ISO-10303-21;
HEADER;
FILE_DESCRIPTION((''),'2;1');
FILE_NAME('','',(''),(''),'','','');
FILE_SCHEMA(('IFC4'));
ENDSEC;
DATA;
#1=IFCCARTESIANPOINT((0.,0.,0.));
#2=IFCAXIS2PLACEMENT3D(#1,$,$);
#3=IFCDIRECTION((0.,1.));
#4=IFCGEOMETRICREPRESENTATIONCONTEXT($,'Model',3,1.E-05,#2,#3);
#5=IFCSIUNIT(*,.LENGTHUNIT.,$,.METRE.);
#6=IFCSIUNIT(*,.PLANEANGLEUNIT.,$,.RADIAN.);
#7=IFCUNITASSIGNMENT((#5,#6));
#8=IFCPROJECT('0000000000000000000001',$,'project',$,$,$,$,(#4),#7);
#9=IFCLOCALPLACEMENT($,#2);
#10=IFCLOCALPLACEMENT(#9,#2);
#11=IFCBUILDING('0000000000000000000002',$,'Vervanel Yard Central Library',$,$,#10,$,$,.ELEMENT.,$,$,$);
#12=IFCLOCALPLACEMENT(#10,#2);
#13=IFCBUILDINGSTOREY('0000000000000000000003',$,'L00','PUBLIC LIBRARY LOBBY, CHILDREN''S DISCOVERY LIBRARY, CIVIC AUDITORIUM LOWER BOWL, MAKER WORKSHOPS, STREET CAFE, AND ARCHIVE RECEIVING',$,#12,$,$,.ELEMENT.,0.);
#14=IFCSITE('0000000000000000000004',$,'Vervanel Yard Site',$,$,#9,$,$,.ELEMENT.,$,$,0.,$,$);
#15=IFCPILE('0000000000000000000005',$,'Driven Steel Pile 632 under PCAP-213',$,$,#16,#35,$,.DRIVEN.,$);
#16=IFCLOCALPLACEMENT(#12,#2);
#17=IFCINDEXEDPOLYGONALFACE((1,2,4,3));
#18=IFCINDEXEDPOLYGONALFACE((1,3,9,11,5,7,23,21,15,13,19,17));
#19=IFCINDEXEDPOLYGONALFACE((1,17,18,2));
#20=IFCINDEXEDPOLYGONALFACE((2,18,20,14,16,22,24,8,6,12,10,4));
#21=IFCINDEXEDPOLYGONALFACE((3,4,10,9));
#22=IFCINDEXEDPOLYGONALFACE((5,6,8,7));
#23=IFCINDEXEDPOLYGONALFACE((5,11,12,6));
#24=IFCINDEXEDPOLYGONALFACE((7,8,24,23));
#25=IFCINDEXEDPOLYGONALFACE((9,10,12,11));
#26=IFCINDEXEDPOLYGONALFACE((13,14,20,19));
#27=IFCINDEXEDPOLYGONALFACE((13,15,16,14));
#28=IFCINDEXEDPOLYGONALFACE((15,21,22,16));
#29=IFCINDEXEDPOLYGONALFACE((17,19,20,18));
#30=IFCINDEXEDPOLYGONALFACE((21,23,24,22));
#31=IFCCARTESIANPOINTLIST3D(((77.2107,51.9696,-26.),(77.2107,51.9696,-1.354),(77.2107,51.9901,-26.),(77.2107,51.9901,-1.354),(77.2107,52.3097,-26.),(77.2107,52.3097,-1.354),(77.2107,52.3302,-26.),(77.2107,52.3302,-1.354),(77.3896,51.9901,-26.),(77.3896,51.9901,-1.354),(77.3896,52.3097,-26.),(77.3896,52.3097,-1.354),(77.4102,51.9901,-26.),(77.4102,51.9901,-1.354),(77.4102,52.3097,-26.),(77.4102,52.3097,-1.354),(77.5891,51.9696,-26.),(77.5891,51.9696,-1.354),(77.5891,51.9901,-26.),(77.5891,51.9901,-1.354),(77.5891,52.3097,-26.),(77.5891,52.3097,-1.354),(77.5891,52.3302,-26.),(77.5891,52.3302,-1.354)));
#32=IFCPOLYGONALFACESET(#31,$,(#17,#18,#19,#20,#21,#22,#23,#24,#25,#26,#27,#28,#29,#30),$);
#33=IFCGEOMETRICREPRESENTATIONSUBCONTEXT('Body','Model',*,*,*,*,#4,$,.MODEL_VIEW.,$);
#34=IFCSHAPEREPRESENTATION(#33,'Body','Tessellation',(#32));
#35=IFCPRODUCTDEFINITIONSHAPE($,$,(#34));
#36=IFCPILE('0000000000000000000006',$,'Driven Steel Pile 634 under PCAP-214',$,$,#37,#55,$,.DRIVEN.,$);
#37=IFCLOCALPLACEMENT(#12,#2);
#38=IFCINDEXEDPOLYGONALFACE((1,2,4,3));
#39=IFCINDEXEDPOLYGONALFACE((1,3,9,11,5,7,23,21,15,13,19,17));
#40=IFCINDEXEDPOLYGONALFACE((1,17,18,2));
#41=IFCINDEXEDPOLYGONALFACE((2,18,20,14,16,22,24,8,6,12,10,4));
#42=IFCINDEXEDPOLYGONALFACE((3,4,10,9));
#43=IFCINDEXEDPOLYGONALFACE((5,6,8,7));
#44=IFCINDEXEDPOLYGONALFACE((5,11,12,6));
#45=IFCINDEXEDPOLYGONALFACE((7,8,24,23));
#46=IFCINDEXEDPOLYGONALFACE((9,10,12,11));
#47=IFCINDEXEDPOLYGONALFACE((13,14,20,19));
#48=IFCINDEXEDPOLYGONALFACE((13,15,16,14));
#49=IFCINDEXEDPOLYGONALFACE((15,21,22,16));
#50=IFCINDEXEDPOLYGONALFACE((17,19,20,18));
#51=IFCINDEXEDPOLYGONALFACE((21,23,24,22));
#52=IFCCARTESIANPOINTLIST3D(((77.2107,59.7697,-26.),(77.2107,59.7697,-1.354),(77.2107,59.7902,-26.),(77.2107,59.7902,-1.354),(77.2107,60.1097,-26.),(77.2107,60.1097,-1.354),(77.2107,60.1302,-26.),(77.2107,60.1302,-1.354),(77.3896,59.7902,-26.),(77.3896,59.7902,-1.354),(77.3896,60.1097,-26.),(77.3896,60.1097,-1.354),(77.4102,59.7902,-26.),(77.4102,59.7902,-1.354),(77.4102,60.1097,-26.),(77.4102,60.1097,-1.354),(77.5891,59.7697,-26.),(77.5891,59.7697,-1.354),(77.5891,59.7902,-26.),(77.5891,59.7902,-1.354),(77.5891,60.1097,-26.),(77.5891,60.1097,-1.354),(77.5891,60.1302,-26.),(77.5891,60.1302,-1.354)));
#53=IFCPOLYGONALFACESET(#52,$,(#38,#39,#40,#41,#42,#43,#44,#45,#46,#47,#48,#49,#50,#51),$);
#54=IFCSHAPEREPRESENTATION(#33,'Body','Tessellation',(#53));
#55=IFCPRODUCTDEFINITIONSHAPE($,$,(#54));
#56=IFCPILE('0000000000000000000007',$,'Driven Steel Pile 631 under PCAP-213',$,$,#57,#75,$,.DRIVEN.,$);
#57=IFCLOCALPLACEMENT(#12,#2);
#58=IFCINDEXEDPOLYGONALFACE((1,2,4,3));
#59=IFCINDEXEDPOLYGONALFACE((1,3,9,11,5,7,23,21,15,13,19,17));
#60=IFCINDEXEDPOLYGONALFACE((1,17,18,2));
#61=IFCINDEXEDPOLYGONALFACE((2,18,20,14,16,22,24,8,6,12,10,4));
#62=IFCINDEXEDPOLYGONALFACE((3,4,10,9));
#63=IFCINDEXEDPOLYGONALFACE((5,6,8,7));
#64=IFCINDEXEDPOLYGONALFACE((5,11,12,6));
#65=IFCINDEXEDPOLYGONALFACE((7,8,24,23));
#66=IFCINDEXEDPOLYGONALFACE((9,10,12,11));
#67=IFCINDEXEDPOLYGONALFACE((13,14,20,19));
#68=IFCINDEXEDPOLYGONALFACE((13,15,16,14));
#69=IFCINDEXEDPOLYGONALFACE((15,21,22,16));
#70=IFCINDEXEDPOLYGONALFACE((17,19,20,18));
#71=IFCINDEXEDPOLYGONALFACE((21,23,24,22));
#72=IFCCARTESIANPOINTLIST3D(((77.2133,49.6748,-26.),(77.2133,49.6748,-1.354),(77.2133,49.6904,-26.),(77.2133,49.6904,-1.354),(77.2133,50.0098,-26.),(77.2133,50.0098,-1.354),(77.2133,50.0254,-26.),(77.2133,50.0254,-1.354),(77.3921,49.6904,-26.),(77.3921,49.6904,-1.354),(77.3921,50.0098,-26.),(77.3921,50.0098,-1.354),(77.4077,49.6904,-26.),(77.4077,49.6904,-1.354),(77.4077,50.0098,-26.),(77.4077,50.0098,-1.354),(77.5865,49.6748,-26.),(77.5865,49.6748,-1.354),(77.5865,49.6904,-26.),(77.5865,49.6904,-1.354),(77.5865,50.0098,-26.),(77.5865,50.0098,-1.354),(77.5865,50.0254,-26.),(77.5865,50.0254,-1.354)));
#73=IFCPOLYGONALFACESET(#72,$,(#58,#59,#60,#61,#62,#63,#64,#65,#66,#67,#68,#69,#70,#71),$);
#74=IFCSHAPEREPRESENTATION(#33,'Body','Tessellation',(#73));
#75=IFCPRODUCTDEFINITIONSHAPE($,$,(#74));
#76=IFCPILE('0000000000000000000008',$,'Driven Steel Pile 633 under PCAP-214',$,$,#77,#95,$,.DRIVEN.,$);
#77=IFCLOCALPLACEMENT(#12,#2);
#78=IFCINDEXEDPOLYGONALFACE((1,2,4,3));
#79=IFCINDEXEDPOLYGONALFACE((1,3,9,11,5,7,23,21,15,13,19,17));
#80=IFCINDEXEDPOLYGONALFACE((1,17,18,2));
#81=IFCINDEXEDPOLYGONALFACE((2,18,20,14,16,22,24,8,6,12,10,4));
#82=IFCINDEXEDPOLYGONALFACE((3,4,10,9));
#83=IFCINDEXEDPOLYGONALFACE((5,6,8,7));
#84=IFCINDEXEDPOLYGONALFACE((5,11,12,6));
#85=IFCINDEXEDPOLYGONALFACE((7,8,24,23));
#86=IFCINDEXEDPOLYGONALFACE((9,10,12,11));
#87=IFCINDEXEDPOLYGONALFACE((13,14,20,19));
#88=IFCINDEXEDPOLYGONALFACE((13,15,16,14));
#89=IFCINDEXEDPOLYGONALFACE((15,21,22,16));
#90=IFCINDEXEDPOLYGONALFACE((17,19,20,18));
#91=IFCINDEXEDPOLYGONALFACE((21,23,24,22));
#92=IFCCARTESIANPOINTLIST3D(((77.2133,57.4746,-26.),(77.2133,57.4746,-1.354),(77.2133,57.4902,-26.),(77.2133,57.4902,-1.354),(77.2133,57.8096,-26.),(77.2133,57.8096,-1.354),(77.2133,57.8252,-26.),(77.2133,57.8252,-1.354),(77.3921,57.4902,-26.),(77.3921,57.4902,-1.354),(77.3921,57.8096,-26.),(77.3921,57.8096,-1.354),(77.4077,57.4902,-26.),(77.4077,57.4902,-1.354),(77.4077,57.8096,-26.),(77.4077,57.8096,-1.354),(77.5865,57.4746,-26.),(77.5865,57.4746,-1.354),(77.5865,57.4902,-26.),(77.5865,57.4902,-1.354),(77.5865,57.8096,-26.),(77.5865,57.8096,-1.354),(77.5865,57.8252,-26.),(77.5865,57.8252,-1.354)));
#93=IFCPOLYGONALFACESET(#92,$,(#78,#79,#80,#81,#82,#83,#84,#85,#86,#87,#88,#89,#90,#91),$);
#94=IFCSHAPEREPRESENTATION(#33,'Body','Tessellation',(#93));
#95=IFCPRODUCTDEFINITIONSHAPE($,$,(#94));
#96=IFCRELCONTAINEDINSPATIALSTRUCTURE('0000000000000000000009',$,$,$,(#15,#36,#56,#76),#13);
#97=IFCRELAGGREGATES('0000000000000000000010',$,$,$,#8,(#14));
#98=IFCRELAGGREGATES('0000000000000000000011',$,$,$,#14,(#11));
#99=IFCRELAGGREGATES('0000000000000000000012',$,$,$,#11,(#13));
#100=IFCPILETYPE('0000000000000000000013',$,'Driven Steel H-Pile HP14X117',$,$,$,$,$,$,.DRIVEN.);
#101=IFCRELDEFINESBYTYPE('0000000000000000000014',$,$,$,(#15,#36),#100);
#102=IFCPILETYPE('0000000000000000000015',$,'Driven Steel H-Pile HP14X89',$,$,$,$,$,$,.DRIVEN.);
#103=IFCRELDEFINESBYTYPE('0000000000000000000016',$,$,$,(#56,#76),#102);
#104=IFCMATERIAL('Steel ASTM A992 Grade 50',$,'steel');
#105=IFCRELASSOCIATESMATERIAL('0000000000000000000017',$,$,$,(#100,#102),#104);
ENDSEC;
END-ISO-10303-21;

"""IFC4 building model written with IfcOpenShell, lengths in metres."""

from ifc_helpers import new_model, si_unit, direction, frame, origin, origin_2d, place, context, subcontext, project, spatial, i_section, extrude, material, material_profile, profile_set, type_object, element, save


model = new_model("IFC4")

# Units and contexts
model_context = context("Model", 3, precision=1e-05, world=origin(), true_north=direction((0.0, 1.0)))
body_context = subcontext(model_context, "Body", "Model", "MODEL_VIEW")
ifc_project = project(units=[si_unit("LENGTHUNIT", "METRE"), si_unit("PLANEANGLEUNIT", "RADIAN")], contexts=[model_context])

# Site, building, storey
site_placement = place(None, origin())
site = spatial("IfcSite", under=ifc_project, at=site_placement, Name="Vervanel Yard Site", CompositionType="ELEMENT", RefElevation=0.0)
building_placement = place(site_placement, origin())
building = spatial("IfcBuilding", under=site, at=building_placement, Name="Vervanel Yard Central Library", CompositionType="ELEMENT")
storey_placement = place(building_placement, origin())
storey = spatial("IfcBuildingStorey", under=building, at=storey_placement, Name="L00", Description="PUBLIC LIBRARY LOBBY, CHILDREN'S DISCOVERY LIBRARY, CIVIC AUDITORIUM LOWER BOWL, MAKER WORKSHOPS, STREET CAFE, AND ARCHIVE RECEIVING", CompositionType="ELEMENT", Elevation=0.0)

# Piles
ifc_material_1 = material(Name="Steel ASTM A992 Grade 50", Category="steel")
ifc_material_profile_1 = material_profile(ifc_material_1, i_section(OverallWidth=0.3784, OverallDepth=0.3606, WebThickness=0.0205, FlangeThickness=0.0205, at=origin_2d()), Name="HP14X117", Category="steel")
ifc_profile_set_1 = profile_set([ifc_material_profile_1], Name="Steel ASTM A992 Grade 50")
pile_type_1 = type_object("IfcPileType", Name="Driven Steel H-Pile HP14X117", PredefinedType="DRIVEN", material=ifc_profile_set_1)
for number, where, z_axis, x_axis, name in (
    (1, (77.3999, 52.1499, -26.0), (0.0, 0.0, 1.0), (1.0, 0.0, 0.0), "Driven Steel Pile 632 under PCAP-213"),
    (2, (77.3999, 59.95, -26.0), (0.0, 0.0, 1.0), (1.0, 0.0, 0.0), "Driven Steel Pile 634 under PCAP-214"),
):
    element("IfcPile", number, at=place(storey_placement, frame(where, z_axis=z_axis, x_axis=x_axis)), inside=storey, type_object=pile_type_1, Name=name, PredefinedType="DRIVEN", context=body_context, shape_type="SweptSolid", body=[
        extrude(i_section(OverallWidth=0.3784, OverallDepth=0.3606, WebThickness=0.0205, FlangeThickness=0.0205, at=origin_2d()), origin(), (0.0, 0.0, 1.0), 24.646),
    ])
ifc_material_profile_2 = material_profile(ifc_material_1, i_section(OverallWidth=0.3733, OverallDepth=0.3506, WebThickness=0.0156, FlangeThickness=0.0156, at=origin_2d()), Name="HP14X89", Category="steel")
ifc_profile_set_2 = profile_set([ifc_material_profile_2], Name="Steel ASTM A992 Grade 50")
pile_type_2 = type_object("IfcPileType", Name="Driven Steel H-Pile HP14X89", PredefinedType="DRIVEN", material=ifc_profile_set_2)
for number, where, z_axis, x_axis, name in (
    (3, (77.3999, 49.8501, -26.0), (0.0, 0.0, 1.0), (1.0, 0.0, 0.0), "Driven Steel Pile 631 under PCAP-213"),
    (4, (77.3999, 57.6499, -26.0), (0.0, 0.0, 1.0), (1.0, 0.0, 0.0), "Driven Steel Pile 633 under PCAP-214"),
):
    element("IfcPile", number, at=place(storey_placement, frame(where, z_axis=z_axis, x_axis=x_axis)), inside=storey, type_object=pile_type_2, Name=name, PredefinedType="DRIVEN", context=body_context, shape_type="SweptSolid", body=[
        extrude(i_section(OverallWidth=0.3733, OverallDepth=0.3506, WebThickness=0.0156, FlangeThickness=0.0156, at=origin_2d()), origin(), (0.0, 0.0, 1.0), 24.646),
    ])

save(model, "model.ifc")
